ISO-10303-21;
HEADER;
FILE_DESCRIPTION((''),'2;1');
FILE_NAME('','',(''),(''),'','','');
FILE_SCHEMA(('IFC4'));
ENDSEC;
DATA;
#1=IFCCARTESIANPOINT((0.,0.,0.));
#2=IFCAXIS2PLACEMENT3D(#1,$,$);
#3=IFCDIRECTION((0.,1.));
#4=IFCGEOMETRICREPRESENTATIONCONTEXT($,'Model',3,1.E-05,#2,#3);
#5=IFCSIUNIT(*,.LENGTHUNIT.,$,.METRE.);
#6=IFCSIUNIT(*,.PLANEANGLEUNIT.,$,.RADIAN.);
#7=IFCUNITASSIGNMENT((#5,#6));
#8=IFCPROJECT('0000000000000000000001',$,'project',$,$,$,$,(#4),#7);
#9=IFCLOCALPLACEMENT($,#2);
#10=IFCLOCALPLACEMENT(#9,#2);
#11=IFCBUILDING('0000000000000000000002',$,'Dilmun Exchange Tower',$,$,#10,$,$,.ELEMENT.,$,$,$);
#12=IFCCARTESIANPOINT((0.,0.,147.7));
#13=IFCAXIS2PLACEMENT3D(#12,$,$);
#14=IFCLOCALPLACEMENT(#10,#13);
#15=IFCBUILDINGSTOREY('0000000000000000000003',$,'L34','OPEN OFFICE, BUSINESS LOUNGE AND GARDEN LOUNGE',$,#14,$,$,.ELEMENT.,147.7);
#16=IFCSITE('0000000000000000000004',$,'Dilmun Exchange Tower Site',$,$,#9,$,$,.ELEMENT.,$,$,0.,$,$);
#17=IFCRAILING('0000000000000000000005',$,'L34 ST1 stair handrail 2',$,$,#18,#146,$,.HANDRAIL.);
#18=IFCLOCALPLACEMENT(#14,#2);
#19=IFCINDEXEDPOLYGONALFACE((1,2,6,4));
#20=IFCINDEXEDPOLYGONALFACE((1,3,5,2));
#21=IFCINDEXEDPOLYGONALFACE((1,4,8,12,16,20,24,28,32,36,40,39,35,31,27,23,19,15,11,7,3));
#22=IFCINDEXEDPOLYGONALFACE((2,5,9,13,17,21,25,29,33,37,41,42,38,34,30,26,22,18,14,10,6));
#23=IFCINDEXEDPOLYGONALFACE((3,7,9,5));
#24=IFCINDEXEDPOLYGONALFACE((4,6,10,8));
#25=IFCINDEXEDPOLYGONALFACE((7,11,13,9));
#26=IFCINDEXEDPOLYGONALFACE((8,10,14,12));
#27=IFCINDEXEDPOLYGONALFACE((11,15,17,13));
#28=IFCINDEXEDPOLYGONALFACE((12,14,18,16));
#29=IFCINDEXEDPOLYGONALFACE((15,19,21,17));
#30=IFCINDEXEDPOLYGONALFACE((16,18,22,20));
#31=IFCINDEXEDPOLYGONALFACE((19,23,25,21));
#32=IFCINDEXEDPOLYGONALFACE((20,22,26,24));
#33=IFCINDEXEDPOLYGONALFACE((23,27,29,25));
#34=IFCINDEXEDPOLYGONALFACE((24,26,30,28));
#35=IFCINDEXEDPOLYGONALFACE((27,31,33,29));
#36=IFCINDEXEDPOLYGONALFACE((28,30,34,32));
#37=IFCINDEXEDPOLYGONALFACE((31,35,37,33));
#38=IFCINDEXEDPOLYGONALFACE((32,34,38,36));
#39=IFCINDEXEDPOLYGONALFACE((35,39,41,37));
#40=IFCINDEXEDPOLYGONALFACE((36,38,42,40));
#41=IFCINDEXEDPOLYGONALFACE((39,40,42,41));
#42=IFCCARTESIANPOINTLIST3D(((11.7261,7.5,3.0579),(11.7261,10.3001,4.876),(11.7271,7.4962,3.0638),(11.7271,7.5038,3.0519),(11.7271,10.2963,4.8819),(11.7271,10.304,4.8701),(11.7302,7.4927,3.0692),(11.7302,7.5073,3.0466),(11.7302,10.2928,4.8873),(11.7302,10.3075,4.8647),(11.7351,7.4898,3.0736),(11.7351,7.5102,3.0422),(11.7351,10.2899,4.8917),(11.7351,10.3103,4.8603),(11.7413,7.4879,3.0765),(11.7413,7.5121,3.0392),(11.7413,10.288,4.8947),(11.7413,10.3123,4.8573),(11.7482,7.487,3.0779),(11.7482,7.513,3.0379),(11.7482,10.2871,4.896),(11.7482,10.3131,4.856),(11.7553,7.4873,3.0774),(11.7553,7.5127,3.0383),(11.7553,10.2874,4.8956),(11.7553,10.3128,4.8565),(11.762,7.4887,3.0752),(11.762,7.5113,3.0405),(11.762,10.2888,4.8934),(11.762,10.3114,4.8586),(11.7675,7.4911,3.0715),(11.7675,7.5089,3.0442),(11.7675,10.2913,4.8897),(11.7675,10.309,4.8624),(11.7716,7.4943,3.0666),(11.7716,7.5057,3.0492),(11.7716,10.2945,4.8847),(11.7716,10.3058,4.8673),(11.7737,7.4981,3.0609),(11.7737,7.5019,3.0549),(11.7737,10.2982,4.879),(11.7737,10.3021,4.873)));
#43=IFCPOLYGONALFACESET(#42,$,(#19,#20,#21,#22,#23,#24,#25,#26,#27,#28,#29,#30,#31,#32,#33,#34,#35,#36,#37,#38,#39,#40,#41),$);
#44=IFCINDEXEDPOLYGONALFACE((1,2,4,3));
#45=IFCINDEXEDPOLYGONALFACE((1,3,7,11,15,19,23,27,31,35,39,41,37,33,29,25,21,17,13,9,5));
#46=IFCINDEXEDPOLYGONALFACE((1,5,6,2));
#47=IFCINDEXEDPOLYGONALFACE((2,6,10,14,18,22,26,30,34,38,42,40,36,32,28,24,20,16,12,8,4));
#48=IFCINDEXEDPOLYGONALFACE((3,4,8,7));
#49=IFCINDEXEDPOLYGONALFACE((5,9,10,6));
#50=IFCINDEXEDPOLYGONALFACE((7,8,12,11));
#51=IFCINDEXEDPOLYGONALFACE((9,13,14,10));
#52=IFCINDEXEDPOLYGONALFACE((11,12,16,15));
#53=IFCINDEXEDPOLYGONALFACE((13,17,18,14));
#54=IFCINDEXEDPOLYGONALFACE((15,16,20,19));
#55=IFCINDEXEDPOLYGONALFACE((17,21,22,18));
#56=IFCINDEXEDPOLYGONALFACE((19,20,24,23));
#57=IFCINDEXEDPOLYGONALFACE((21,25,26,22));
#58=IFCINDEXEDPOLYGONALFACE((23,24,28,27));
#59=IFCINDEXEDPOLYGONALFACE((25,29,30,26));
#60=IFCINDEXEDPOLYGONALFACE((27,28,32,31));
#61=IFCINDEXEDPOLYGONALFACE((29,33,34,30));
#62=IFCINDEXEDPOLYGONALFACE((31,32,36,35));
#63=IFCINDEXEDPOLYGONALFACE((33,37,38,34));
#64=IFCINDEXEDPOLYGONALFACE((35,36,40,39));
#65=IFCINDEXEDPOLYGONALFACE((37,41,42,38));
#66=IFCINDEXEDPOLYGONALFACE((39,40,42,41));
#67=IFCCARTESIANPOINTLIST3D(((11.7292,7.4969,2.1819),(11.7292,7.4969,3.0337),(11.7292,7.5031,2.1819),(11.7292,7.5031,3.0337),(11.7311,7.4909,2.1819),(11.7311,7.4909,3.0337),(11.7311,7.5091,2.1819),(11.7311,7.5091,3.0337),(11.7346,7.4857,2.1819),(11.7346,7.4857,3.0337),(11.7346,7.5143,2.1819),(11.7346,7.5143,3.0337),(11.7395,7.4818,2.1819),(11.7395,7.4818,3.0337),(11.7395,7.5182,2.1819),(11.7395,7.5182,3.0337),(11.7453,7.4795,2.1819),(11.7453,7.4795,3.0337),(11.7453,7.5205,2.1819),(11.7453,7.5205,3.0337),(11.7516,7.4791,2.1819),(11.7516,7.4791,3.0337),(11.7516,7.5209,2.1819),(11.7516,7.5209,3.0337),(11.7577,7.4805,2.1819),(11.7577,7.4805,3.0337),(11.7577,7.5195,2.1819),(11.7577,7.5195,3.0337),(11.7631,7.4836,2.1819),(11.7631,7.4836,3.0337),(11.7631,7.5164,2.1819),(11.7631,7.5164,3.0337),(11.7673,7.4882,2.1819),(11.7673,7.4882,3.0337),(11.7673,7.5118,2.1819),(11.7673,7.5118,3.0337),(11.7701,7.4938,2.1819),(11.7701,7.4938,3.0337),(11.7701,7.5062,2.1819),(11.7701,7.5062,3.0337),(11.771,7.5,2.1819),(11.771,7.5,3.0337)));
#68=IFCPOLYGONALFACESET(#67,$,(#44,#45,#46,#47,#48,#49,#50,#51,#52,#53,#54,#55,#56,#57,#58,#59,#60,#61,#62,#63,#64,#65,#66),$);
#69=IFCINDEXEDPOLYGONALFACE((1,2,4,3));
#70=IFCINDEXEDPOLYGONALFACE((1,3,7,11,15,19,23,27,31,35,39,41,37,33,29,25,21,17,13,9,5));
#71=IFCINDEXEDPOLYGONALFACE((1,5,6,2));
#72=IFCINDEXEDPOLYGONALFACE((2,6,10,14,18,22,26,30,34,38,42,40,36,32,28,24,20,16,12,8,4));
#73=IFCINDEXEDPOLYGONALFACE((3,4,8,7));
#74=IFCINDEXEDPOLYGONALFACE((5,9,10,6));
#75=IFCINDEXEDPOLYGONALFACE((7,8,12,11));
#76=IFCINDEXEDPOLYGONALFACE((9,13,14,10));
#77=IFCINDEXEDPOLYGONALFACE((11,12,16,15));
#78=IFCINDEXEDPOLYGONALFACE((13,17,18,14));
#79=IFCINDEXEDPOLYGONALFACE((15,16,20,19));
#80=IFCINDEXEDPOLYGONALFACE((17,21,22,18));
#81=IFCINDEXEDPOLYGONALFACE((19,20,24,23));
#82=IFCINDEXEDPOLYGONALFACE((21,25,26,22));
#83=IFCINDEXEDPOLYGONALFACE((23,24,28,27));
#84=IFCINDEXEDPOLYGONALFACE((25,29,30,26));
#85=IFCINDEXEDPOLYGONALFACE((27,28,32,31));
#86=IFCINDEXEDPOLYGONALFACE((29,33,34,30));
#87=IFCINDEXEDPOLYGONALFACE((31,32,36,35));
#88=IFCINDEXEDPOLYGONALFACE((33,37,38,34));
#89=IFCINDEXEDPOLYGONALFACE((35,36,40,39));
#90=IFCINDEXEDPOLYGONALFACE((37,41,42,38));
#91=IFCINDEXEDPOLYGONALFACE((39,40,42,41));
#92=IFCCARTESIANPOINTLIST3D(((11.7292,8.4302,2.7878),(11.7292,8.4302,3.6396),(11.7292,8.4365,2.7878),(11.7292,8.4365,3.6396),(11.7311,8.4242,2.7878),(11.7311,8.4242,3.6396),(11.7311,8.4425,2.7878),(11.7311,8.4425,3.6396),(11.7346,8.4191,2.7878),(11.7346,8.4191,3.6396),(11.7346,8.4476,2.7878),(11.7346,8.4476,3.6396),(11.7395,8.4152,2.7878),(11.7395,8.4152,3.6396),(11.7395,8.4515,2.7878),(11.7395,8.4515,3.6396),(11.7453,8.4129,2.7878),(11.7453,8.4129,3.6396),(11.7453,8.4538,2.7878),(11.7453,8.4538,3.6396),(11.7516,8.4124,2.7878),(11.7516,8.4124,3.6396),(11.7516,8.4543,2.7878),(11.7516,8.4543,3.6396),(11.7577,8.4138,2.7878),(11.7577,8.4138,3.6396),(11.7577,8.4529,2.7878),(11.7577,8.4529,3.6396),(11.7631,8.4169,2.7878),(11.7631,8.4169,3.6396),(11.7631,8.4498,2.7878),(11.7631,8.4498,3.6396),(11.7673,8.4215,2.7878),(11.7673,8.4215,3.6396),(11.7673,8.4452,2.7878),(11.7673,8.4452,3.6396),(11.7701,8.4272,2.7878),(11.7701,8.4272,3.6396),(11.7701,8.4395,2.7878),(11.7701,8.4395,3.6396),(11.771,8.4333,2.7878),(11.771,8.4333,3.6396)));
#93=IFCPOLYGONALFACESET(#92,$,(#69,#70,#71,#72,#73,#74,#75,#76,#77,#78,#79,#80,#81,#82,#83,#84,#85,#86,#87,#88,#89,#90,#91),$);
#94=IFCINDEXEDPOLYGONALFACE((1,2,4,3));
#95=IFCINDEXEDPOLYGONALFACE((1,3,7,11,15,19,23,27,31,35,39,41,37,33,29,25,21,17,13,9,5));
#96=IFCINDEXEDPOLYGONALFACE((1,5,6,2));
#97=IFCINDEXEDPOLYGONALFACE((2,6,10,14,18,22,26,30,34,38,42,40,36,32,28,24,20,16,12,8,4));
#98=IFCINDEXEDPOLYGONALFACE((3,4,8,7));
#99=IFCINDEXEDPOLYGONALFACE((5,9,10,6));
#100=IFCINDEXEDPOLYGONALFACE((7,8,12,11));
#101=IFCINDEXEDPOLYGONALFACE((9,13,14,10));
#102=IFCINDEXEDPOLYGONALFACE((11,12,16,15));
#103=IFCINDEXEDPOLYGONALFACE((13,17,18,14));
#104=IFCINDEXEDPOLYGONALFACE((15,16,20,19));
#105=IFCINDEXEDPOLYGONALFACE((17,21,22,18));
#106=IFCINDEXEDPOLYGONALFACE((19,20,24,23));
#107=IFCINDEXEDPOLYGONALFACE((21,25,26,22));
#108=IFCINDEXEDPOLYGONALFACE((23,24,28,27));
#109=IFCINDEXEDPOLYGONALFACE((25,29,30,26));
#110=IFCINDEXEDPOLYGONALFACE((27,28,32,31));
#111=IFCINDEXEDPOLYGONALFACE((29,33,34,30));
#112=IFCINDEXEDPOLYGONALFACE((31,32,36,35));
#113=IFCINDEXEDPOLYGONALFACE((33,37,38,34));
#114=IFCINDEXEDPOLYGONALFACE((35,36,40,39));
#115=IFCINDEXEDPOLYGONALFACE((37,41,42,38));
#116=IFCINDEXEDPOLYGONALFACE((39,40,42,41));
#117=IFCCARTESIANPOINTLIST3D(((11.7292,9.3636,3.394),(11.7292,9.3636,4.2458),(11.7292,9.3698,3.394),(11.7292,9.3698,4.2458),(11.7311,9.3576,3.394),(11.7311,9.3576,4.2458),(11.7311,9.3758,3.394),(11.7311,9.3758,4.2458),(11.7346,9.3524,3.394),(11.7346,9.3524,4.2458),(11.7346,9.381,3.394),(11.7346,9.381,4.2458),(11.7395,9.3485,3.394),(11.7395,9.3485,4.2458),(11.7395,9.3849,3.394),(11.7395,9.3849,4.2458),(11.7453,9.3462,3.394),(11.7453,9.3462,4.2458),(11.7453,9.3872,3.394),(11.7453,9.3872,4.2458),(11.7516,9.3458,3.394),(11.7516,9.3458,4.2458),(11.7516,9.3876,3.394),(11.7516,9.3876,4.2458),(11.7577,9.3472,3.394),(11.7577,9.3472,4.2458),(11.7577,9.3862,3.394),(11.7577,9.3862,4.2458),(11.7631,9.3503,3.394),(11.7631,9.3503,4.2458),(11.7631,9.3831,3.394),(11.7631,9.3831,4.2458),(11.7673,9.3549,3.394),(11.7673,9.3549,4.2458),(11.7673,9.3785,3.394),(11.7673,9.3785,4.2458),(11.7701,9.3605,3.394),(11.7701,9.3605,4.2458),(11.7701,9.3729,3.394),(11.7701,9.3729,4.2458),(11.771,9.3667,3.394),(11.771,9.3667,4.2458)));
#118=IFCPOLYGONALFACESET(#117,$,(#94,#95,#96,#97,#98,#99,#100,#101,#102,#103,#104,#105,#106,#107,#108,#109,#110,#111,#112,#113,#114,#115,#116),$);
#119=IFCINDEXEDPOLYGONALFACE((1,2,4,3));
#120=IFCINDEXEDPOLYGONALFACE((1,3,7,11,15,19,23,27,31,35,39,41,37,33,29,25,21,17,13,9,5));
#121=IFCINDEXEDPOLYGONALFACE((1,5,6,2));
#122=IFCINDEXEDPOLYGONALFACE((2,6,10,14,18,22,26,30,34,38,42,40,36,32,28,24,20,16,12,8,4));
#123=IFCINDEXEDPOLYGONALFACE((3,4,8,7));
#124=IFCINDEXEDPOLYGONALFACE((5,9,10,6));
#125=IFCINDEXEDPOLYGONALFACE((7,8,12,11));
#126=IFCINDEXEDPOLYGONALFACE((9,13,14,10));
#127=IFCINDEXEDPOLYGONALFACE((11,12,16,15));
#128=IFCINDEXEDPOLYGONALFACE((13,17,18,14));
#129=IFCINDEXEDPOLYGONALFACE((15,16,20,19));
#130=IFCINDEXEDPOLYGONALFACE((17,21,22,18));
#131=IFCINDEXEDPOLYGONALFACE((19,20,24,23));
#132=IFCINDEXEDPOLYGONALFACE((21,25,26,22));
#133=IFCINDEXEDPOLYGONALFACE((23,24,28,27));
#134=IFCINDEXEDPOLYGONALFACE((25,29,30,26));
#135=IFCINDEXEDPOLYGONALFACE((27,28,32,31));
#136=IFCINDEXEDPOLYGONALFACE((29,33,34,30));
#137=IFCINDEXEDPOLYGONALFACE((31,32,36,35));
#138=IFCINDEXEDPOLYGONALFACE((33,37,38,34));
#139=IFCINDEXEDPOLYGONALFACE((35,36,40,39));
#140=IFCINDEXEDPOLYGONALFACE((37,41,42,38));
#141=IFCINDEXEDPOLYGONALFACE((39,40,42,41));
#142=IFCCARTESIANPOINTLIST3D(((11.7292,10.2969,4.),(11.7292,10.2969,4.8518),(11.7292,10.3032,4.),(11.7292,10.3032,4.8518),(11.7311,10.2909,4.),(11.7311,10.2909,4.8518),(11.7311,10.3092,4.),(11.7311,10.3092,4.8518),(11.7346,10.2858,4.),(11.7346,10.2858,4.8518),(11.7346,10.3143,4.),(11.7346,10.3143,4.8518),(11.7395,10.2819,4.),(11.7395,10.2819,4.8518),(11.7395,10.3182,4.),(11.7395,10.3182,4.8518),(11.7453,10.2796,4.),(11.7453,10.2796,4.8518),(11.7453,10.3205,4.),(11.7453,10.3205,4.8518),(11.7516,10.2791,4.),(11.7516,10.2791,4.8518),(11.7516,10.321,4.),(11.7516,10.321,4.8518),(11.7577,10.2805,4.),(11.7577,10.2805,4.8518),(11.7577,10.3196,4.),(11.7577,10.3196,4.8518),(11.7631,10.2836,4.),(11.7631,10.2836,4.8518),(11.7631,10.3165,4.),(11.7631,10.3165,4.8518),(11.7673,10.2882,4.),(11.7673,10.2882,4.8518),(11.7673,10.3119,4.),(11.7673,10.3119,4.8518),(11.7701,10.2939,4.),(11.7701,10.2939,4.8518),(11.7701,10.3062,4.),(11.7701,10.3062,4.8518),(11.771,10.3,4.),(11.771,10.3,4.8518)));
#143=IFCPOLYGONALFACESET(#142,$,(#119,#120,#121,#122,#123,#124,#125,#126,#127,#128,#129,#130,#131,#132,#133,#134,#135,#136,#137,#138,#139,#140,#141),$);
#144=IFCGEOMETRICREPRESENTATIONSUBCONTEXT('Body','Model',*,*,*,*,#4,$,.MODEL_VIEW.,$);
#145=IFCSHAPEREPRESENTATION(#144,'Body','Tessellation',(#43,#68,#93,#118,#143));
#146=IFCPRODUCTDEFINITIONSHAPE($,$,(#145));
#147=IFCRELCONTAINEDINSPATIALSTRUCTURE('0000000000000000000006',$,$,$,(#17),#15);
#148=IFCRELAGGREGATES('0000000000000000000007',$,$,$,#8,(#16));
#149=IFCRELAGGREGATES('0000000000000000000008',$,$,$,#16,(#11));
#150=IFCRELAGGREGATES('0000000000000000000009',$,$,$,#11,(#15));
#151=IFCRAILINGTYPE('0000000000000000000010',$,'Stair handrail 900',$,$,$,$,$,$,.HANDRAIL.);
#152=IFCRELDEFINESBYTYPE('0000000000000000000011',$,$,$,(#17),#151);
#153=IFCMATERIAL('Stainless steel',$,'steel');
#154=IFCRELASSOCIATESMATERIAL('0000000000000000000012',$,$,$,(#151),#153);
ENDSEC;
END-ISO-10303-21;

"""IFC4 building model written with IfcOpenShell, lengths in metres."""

from ifc_helpers import new_model, si_unit, direction, frame, origin, origin_2d, place, context, subcontext, project, spatial, circle, extrude, material, type_object, element, save


model = new_model("IFC4")

# Units and contexts
model_context = context("Model", 3, precision=1e-05, world=origin(), true_north=direction((0.0, 1.0)))
body_context = subcontext(model_context, "Body", "Model", "MODEL_VIEW")
ifc_project = project(units=[si_unit("LENGTHUNIT", "METRE"), si_unit("PLANEANGLEUNIT", "RADIAN")], contexts=[model_context])

# Site, building, storey
site_placement = place(None, origin())
site = spatial("IfcSite", under=ifc_project, at=site_placement, Name="Dilmun Exchange Tower Site", CompositionType="ELEMENT", RefElevation=0.0)
building_placement = place(site_placement, origin())
building = spatial("IfcBuilding", under=site, at=building_placement, Name="Dilmun Exchange Tower", CompositionType="ELEMENT")
storey_placement = place(building_placement, frame((0.0, 0.0, 147.7)))
storey = spatial("IfcBuildingStorey", under=building, at=storey_placement, Name="L34", Description="OPEN OFFICE, BUSINESS LOUNGE AND GARDEN LOUNGE", CompositionType="ELEMENT", Elevation=147.7)

# Railing
ifc_material_1 = material(Name="Stainless steel", Category="steel")
railing_type = type_object("IfcRailingType", Name="Stair handrail 900", PredefinedType="HANDRAIL", material=ifc_material_1)
railing_1_placement = place(storey_placement, frame((11.75, 7.5, 2.1819)))
element("IfcRailing", 1, at=railing_1_placement, inside=storey, type_object=railing_type, Name="L34 ST1 stair handrail 2", PredefinedType="HANDRAIL", context=body_context, shape_type="SweptSolid", body=[
    extrude(circle(Radius=0.0239, at=origin_2d()), frame((0.0, 0.0, 0.876), z_axis=(0.0, 0.838706, 0.544585), x_axis=(-1.0, 0.0, 0.0)), (0.0, 0.0, 1.0), 3.3386),
    extrude(circle(Radius=0.021, at=origin_2d()), origin(), (0.0, 0.0, 1.0), 0.8518),
    extrude(circle(Radius=0.021, at=origin_2d()), frame((0.0, 0.9333, 0.606)), (0.0, 0.0, 1.0), 0.8518),
    extrude(circle(Radius=0.021, at=origin_2d()), frame((0.0, 1.8667, 1.2122)), (0.0, 0.0, 1.0), 0.8518),
    extrude(circle(Radius=0.021, at=origin_2d()), frame((0.0, 2.8, 1.8181)), (0.0, 0.0, 1.0), 0.8518),
])

save(model, "model.ifc")
